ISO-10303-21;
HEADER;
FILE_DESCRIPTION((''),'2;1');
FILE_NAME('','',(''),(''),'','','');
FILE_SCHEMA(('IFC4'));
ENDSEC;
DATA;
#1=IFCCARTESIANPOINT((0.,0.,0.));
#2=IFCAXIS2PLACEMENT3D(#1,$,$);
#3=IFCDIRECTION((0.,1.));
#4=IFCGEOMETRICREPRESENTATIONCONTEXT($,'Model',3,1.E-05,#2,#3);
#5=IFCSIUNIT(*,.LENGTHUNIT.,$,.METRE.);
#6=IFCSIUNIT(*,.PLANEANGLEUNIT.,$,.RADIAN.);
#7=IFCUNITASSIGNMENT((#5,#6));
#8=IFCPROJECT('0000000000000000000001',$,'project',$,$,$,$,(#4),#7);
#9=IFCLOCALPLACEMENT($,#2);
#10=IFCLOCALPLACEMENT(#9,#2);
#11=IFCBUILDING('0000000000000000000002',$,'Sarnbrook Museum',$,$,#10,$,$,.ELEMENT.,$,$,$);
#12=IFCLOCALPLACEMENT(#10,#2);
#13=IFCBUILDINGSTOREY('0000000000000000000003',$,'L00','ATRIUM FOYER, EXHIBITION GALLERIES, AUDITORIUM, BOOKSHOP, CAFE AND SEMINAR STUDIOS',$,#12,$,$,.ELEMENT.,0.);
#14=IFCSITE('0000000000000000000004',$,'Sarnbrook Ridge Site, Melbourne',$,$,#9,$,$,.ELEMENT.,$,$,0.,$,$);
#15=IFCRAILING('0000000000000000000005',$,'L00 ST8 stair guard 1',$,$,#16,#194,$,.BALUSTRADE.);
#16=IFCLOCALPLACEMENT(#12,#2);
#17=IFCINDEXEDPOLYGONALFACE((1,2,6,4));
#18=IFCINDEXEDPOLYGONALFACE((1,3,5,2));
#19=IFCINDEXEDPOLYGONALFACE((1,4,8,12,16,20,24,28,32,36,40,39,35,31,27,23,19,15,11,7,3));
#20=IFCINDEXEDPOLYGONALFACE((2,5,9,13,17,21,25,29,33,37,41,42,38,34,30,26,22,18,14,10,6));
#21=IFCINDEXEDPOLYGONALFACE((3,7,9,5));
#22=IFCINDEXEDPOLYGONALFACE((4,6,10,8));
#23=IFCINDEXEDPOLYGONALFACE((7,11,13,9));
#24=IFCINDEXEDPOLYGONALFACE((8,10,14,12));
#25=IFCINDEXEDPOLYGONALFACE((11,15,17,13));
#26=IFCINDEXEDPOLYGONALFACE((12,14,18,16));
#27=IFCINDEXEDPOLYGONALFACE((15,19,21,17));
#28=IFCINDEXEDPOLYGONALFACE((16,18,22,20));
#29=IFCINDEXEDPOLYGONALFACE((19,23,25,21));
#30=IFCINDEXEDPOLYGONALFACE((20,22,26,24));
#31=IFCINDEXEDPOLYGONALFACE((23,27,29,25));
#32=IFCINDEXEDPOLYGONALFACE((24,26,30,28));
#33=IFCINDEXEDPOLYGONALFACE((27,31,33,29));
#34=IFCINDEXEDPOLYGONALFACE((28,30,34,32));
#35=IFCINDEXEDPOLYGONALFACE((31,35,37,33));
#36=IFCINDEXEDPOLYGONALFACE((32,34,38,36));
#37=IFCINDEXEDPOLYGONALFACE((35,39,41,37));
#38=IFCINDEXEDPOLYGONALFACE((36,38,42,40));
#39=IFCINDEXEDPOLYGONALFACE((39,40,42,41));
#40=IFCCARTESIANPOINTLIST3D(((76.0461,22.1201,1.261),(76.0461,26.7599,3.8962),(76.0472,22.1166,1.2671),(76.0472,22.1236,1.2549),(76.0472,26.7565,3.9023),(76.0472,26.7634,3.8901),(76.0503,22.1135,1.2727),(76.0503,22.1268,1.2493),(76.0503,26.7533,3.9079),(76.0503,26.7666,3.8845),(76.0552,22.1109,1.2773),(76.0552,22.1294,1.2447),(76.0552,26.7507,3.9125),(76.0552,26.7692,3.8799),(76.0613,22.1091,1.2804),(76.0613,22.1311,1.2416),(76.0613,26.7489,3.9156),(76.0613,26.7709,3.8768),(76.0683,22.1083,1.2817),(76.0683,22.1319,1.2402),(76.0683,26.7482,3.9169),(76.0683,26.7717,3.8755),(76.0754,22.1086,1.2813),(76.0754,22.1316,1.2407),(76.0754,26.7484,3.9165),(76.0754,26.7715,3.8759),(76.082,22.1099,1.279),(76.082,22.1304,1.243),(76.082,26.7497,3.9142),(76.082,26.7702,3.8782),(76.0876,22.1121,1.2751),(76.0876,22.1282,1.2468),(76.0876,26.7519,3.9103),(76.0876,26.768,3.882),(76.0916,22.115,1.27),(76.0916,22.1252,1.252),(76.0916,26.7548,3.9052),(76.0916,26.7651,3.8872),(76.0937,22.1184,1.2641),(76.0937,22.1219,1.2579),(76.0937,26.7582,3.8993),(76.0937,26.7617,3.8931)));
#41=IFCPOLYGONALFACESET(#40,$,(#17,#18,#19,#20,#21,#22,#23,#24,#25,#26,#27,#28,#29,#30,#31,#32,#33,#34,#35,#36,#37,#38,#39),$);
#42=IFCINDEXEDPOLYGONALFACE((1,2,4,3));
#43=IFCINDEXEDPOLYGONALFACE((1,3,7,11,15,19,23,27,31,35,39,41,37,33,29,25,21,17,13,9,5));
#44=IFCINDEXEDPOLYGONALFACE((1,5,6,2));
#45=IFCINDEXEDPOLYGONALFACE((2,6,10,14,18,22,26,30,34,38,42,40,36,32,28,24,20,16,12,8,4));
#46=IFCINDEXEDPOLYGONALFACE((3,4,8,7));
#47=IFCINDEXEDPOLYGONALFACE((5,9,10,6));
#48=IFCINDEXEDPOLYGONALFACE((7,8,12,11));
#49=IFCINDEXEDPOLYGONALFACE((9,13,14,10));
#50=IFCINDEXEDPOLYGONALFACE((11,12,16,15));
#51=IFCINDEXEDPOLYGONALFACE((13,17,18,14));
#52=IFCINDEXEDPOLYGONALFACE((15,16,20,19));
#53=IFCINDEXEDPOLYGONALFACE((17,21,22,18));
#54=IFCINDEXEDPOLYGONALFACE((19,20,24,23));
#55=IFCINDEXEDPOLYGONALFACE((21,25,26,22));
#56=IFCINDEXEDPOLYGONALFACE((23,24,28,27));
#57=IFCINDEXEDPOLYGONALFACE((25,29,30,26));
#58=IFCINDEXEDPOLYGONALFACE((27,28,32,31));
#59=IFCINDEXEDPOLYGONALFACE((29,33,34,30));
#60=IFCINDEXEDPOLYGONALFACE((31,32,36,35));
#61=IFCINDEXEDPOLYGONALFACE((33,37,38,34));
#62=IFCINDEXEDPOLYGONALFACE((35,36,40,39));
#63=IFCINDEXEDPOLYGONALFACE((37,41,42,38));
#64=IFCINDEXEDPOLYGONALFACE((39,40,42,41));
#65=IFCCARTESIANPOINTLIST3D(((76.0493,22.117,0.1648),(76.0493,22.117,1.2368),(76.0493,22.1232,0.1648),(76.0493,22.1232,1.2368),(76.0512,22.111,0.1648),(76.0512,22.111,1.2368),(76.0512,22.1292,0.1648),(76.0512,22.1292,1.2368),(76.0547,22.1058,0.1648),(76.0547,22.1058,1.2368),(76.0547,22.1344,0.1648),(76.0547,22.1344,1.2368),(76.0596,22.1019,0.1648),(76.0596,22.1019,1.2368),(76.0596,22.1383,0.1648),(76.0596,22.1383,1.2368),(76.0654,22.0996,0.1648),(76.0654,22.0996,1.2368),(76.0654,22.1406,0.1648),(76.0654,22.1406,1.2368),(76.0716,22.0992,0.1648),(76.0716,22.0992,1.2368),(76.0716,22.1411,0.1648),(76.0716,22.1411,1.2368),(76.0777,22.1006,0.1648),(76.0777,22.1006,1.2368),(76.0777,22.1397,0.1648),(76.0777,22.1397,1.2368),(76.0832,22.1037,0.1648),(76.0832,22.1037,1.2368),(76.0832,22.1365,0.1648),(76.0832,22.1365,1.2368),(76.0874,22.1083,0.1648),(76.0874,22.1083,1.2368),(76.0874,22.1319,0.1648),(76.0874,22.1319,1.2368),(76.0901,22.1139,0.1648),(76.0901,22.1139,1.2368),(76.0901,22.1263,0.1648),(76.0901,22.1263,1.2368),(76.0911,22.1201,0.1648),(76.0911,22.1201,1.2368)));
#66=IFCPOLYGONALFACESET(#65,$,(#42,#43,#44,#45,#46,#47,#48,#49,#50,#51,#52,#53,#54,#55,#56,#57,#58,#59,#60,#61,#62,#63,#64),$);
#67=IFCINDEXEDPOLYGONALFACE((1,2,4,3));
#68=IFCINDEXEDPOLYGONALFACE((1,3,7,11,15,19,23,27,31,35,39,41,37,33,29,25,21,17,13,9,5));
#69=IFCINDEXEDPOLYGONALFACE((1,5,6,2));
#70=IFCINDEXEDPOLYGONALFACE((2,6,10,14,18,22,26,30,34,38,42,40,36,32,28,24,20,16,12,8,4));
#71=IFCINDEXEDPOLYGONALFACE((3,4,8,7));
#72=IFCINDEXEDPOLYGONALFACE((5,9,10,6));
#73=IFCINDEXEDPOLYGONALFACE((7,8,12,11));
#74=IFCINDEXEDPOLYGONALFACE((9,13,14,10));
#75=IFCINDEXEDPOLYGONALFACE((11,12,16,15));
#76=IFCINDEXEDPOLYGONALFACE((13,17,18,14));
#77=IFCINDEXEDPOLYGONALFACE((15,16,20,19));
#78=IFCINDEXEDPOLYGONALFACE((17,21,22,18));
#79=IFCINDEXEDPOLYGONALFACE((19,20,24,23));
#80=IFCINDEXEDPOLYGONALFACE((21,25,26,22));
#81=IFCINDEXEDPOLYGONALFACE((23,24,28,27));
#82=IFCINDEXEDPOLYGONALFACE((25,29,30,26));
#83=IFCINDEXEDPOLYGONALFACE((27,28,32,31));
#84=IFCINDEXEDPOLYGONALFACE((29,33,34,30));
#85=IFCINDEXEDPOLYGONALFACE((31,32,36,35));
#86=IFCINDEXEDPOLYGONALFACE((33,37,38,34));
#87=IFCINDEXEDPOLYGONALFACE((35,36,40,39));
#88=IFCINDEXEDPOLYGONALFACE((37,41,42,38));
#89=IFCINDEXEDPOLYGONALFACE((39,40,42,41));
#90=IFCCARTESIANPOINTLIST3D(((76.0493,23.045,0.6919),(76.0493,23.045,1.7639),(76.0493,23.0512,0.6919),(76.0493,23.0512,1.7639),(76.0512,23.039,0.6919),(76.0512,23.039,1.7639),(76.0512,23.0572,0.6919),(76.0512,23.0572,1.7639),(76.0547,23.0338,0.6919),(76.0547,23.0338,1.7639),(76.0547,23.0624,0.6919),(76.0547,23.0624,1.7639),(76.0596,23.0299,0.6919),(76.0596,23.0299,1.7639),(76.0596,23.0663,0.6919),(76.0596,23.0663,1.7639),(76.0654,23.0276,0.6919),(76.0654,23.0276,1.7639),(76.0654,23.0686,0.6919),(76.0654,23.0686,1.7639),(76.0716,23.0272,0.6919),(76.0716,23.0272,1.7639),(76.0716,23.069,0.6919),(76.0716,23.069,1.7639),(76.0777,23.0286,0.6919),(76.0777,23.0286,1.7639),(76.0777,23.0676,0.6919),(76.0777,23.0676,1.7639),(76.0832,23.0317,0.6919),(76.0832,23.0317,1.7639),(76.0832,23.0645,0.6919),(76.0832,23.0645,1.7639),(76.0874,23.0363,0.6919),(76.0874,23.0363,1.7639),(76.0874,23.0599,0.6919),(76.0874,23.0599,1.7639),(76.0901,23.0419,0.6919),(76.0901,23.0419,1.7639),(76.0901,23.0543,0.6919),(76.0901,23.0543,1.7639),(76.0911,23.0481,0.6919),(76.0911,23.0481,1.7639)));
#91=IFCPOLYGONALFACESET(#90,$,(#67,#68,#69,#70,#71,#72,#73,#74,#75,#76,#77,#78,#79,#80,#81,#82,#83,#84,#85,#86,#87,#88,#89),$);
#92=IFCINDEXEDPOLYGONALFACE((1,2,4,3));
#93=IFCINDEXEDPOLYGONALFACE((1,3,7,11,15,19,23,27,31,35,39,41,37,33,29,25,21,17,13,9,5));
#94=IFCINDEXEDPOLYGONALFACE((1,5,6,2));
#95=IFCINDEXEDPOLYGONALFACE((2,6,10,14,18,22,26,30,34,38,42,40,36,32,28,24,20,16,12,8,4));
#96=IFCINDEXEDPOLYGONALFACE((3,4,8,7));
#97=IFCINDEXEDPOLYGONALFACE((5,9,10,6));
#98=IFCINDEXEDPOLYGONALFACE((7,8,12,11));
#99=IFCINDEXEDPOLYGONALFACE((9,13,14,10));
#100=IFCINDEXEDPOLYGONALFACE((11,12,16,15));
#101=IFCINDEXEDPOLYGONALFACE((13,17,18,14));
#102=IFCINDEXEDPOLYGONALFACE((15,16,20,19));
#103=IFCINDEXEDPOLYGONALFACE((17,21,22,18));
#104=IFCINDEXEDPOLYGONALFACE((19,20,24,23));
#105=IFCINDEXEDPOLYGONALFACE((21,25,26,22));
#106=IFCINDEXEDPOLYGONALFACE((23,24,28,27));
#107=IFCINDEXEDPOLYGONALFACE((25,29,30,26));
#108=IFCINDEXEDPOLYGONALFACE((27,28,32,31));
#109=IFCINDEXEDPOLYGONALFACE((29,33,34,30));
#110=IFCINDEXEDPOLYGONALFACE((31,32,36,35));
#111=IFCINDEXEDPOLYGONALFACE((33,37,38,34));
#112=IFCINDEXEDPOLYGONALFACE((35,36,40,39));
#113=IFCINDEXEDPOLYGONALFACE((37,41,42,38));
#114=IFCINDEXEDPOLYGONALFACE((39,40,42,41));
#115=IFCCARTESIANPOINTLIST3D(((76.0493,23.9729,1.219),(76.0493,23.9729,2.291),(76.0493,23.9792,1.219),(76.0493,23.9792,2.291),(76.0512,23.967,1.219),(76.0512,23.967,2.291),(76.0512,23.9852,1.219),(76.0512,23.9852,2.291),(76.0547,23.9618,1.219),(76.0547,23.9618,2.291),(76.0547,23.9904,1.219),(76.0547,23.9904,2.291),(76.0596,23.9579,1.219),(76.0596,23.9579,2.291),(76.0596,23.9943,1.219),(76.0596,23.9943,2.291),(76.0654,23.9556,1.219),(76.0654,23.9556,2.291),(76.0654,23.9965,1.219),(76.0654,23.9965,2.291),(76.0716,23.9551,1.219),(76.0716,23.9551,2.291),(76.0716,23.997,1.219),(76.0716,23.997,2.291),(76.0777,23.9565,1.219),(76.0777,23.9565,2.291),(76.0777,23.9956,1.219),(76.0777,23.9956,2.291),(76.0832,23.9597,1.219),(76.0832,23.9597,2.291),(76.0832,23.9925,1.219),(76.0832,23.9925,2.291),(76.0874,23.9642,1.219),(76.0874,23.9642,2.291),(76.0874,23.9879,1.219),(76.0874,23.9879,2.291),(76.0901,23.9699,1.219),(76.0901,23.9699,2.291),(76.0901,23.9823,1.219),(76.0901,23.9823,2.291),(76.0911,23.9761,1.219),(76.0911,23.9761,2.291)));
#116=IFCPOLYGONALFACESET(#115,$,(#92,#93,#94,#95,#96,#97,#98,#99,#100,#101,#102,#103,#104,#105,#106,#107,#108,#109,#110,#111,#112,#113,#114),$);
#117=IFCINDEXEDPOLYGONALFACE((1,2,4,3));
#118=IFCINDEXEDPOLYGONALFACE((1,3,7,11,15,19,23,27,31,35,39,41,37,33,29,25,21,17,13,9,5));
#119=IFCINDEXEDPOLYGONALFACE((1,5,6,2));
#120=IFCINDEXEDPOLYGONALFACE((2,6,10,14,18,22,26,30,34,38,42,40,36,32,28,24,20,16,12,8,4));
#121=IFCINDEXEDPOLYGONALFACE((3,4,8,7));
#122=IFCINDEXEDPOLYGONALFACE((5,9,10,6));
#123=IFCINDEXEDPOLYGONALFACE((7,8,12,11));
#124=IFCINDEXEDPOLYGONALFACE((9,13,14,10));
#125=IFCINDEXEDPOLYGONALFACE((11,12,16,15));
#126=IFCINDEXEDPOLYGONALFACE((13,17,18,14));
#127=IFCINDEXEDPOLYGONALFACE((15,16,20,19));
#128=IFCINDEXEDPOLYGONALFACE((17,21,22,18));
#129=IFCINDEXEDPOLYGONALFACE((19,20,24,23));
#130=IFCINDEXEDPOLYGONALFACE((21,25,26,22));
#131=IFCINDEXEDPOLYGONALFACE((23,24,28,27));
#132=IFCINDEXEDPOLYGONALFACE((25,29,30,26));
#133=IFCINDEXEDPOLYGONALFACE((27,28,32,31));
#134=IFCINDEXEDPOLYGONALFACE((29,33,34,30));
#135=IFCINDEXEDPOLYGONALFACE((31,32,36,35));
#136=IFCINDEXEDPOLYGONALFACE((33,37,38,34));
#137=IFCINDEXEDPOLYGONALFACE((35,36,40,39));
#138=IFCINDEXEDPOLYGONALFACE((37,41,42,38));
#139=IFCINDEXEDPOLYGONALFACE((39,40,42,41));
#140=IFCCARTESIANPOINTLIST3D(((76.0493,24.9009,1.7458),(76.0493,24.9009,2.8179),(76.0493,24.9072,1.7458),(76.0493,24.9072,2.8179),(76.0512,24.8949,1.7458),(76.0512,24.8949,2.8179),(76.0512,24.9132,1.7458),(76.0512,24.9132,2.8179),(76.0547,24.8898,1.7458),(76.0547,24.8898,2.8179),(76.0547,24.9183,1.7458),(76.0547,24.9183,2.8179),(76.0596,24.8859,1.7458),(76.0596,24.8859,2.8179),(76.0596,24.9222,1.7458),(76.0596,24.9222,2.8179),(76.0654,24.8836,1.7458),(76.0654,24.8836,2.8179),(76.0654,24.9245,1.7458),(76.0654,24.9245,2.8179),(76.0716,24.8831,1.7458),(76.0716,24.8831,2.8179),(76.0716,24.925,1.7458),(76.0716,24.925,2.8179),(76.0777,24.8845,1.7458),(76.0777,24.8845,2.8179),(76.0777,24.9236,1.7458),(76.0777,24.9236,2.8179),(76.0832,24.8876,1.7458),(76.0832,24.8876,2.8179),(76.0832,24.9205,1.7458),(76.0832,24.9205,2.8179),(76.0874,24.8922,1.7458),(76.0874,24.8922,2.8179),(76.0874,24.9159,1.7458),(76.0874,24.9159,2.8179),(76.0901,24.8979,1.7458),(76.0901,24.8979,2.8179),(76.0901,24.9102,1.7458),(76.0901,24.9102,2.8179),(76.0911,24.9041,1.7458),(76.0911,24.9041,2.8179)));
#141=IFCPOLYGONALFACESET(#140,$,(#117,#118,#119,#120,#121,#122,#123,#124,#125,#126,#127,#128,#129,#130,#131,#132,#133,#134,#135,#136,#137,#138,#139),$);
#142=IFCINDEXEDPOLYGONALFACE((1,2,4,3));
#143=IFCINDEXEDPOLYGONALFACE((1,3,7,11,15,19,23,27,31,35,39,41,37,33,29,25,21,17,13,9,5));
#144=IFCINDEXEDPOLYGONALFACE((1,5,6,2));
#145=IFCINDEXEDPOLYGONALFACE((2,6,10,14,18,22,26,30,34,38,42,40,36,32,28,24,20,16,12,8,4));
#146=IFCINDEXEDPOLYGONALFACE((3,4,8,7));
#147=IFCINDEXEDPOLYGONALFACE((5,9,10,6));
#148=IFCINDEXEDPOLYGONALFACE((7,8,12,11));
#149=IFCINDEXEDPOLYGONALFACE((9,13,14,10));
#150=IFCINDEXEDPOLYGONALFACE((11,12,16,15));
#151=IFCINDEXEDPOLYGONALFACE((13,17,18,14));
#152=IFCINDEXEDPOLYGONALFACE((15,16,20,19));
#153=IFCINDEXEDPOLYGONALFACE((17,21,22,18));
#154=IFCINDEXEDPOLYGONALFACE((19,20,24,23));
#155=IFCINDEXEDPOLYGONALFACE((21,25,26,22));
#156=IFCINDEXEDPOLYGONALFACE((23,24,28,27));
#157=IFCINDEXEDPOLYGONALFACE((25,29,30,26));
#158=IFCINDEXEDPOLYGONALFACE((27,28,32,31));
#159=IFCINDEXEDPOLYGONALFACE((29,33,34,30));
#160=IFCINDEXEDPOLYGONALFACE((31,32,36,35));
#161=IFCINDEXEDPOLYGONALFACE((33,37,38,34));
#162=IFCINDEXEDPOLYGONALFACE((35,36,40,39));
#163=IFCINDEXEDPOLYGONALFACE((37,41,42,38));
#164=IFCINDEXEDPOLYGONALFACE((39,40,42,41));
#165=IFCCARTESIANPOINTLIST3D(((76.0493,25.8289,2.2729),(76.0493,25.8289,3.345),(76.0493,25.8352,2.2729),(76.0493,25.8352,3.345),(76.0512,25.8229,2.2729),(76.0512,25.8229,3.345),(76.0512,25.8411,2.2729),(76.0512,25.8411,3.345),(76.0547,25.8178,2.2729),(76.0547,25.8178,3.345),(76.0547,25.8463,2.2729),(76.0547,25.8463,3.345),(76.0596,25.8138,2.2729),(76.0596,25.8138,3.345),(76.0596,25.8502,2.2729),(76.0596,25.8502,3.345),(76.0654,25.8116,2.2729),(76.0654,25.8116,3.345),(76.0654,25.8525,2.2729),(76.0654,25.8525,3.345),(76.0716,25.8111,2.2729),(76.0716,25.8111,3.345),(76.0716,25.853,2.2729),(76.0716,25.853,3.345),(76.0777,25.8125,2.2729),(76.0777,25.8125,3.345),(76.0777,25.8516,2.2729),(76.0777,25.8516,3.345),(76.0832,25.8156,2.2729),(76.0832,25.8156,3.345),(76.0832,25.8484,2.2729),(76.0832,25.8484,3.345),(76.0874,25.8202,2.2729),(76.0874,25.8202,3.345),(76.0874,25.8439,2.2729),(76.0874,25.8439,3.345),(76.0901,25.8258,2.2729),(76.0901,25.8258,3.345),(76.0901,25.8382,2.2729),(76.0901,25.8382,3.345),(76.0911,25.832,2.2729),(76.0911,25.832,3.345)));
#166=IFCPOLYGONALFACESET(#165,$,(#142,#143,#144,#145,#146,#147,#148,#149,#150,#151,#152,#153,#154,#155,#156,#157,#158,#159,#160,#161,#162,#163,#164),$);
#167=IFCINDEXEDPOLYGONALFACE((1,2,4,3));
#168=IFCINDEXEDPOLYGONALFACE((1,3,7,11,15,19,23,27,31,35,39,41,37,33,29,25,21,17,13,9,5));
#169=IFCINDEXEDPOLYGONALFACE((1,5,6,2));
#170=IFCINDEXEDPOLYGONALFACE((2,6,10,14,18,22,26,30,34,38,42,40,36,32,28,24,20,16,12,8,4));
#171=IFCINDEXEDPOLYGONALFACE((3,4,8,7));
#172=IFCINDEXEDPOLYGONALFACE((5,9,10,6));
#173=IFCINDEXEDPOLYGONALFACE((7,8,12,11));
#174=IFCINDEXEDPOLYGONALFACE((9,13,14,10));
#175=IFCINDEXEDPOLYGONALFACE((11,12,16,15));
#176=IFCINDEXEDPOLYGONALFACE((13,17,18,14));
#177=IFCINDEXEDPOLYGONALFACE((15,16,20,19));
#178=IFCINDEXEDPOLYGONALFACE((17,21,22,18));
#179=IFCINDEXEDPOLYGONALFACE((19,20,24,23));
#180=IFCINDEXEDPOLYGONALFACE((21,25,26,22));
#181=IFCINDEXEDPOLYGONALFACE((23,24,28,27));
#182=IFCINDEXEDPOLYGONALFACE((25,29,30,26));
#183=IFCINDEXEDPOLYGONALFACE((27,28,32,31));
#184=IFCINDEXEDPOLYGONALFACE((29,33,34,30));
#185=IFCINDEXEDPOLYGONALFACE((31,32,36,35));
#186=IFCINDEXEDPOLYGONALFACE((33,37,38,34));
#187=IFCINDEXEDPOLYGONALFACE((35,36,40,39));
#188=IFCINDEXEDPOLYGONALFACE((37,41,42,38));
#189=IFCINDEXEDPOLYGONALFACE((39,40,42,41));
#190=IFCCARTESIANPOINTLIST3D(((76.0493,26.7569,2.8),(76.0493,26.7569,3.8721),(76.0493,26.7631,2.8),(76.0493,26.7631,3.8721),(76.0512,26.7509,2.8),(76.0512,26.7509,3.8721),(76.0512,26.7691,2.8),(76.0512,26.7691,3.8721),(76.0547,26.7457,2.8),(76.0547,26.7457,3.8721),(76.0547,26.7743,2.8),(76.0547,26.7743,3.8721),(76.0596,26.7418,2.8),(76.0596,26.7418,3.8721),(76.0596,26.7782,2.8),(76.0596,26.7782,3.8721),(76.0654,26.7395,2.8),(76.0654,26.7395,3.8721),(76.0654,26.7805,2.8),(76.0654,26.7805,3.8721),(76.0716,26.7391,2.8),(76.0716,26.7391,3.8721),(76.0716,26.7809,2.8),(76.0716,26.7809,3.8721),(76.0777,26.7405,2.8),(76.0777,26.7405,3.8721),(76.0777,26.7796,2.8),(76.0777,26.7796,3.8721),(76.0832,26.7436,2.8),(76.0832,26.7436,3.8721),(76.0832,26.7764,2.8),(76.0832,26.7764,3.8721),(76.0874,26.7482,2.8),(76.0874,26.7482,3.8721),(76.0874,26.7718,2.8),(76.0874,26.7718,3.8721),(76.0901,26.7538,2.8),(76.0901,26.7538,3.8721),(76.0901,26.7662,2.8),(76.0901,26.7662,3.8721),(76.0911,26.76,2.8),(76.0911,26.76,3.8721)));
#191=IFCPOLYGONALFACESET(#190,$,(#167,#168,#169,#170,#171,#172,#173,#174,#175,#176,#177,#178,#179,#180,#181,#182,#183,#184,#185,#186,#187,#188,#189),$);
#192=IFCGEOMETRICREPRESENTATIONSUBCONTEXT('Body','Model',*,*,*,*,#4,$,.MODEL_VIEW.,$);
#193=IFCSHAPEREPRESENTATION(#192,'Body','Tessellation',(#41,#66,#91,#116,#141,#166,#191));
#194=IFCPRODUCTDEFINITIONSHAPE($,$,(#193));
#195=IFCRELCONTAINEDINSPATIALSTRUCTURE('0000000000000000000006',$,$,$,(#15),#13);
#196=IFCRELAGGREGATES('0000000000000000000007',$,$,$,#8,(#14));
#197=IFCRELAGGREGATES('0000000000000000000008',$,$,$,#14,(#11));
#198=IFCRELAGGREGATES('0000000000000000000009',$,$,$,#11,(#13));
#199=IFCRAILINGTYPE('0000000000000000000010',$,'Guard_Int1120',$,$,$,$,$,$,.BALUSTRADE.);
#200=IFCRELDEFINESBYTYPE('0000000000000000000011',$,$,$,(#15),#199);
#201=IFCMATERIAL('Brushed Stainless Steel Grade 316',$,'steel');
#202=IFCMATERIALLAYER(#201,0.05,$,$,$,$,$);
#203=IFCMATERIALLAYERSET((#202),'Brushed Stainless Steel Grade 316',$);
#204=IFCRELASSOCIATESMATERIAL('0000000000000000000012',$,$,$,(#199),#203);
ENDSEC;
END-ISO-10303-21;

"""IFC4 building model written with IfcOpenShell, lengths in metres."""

from ifc_helpers import new_model, si_unit, direction, frame, origin, origin_2d, place, context, subcontext, project, spatial, circle, extrude, material, layer, layer_set, type_object, element, save


model = new_model("IFC4")

# Units and contexts
model_context = context("Model", 3, precision=1e-05, world=origin(), true_north=direction((0.0, 1.0)))
body_context = subcontext(model_context, "Body", "Model", "MODEL_VIEW")
ifc_project = project(units=[si_unit("LENGTHUNIT", "METRE"), si_unit("PLANEANGLEUNIT", "RADIAN")], contexts=[model_context])

# Site, building, storey
site_placement = place(None, origin())
site = spatial("IfcSite", under=ifc_project, at=site_placement, Name="Sarnbrook Ridge Site, Melbourne", CompositionType="ELEMENT", RefElevation=0.0)
building_placement = place(site_placement, origin())
building = spatial("IfcBuilding", under=site, at=building_placement, Name="Sarnbrook Museum", CompositionType="ELEMENT")
storey_placement = place(building_placement, origin())
storey = spatial("IfcBuildingStorey", under=building, at=storey_placement, Name="L00", Description="ATRIUM FOYER, EXHIBITION GALLERIES, AUDITORIUM, BOOKSHOP, CAFE AND SEMINAR STUDIOS", CompositionType="ELEMENT", Elevation=0.0)

# Railing
ifc_material_1 = material(Name="Brushed Stainless Steel Grade 316", Category="steel")
ifc_layer_1 = layer(ifc_material_1, 0.05)
ifc_layer_set_1 = layer_set([ifc_layer_1], Name="Brushed Stainless Steel Grade 316")
railing_type_1 = type_object("IfcRailingType", Name="Guard_Int1120", PredefinedType="BALUSTRADE", material=ifc_layer_set_1)
railing_1_placement = place(storey_placement, frame((76.0701, 22.1201, 0.1648)))
element("IfcRailing", 1, at=railing_1_placement, inside=storey, type_object=railing_type_1, Name="L00 ST8 stair guard 1", PredefinedType="BALUSTRADE", context=body_context, shape_type="SweptSolid", body=[
    extrude(circle(Radius=0.0239, at=origin_2d()), frame((0.0, 0.0, 1.0962), z_axis=(0.0, 0.869541, 0.493861), x_axis=(-1.0, 0.0, 0.0)), (0.0, 0.0, 1.0), 5.3359),
    extrude(circle(Radius=0.021, at=origin_2d()), origin(), (0.0, 0.0, 1.0), 1.072),
    extrude(circle(Radius=0.021, at=origin_2d()), frame((0.0, 0.928, 0.5271)), (0.0, 0.0, 1.0), 1.072),
    extrude(circle(Radius=0.021, at=origin_2d()), frame((0.0, 1.856, 1.0542)), (0.0, 0.0, 1.0), 1.072),
    extrude(circle(Radius=0.021, at=origin_2d()), frame((0.0, 2.7839, 1.5811)), (0.0, 0.0, 1.0), 1.072),
    extrude(circle(Radius=0.021, at=origin_2d()), frame((0.0, 3.7119, 2.1082)), (0.0, 0.0, 1.0), 1.072),
    extrude(circle(Radius=0.021, at=origin_2d()), frame((0.0, 4.6399, 2.6353)), (0.0, 0.0, 1.0), 1.072),
])

save(model, "model.ifc")
